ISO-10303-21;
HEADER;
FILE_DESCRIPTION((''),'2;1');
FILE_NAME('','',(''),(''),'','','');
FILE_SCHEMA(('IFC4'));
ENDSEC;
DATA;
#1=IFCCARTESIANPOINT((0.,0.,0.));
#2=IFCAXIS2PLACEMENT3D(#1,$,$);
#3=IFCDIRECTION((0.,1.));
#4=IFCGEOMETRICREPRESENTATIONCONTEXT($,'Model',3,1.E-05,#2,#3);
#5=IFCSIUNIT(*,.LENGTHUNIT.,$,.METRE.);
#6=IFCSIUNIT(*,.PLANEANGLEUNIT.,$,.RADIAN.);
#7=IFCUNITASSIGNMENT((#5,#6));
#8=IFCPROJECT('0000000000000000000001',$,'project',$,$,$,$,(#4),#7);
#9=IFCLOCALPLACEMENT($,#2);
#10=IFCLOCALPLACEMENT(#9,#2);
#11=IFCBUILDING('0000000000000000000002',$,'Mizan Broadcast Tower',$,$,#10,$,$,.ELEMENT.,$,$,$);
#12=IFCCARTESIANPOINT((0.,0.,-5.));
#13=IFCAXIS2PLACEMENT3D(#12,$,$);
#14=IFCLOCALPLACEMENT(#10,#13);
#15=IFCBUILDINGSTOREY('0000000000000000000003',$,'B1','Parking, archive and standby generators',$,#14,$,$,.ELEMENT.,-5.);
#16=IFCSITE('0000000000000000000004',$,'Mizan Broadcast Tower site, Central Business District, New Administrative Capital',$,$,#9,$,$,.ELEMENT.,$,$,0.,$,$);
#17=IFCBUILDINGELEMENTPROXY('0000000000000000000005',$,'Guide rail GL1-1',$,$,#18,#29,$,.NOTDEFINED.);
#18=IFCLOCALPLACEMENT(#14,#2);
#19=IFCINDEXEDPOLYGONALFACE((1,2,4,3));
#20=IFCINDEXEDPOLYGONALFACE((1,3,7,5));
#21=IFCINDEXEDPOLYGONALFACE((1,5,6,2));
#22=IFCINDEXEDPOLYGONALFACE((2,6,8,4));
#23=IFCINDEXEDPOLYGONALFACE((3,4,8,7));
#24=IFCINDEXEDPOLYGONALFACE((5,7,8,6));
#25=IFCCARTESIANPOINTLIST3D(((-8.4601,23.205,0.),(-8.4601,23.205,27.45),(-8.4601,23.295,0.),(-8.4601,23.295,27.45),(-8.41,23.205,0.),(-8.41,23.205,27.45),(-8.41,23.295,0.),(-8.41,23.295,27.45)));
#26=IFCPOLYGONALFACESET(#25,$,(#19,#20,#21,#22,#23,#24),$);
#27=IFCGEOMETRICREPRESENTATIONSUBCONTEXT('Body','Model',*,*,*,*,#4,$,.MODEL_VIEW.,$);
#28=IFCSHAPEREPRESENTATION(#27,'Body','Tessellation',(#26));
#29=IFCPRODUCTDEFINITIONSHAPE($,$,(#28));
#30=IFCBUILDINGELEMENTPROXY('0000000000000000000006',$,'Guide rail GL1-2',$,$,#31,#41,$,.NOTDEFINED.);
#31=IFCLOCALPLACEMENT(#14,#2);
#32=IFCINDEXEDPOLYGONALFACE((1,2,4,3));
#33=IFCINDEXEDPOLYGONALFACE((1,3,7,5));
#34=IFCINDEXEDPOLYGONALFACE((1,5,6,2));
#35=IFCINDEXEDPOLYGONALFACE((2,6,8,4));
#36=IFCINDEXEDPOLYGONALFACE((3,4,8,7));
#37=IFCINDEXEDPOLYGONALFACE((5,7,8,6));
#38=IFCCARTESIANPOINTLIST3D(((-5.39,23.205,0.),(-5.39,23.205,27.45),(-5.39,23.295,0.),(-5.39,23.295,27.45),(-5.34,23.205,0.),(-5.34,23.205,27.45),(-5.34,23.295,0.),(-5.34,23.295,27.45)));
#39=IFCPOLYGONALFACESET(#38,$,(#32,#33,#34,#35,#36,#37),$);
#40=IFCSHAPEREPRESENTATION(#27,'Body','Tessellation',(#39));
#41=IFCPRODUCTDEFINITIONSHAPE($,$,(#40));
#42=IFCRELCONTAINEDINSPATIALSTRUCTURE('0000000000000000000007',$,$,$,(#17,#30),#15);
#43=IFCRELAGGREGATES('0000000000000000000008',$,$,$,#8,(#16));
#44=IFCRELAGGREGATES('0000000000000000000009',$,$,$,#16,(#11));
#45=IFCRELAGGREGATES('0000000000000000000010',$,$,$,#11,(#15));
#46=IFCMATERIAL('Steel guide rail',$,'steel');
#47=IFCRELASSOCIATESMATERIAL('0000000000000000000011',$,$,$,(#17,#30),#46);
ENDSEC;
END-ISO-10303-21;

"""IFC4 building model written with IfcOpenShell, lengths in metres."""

from ifc_helpers import new_model, si_unit, direction, frame, origin, origin_2d, place, context, subcontext, project, spatial, rectangle, extrude, material, element, save


model = new_model("IFC4")

# Units and contexts
model_context = context("Model", 3, precision=1e-05, world=origin(), true_north=direction((0.0, 1.0)))
body_context = subcontext(model_context, "Body", "Model", "MODEL_VIEW")
ifc_project = project(units=[si_unit("LENGTHUNIT", "METRE"), si_unit("PLANEANGLEUNIT", "RADIAN")], contexts=[model_context])

# Site, building, storey
site_placement = place(None, origin())
site = spatial("IfcSite", under=ifc_project, at=site_placement, Name="Mizan Broadcast Tower site, Central Business District, New Administrative Capital", CompositionType="ELEMENT", RefElevation=0.0)
building_placement = place(site_placement, origin())
building = spatial("IfcBuilding", under=site, at=building_placement, Name="Mizan Broadcast Tower", CompositionType="ELEMENT")
storey_placement = place(building_placement, frame((0.0, 0.0, -5.0)))
storey = spatial("IfcBuildingStorey", under=building, at=storey_placement, Name="B1", Description="Parking, archive and standby generators", CompositionType="ELEMENT", Elevation=-5.0)

# Building element proxies
ifc_material_1 = material(Name="Steel guide rail", Category="steel")
for number, where, z_axis, x_axis, name in (
    (1, (-8.4351, 23.25, 0.0), (0.0, 0.0, 1.0), (1.0, 0.0, 0.0), "Guide rail GL1-1"),
    (2, (-5.365, 23.25, 0.0), (0.0, 0.0, 1.0), (1.0, 0.0, 0.0), "Guide rail GL1-2"),
):
    element("IfcBuildingElementProxy", number, at=place(storey_placement, frame(where, z_axis=z_axis, x_axis=x_axis)), inside=storey, material=ifc_material_1, Name=name, PredefinedType="NOTDEFINED", context=body_context, shape_type="SweptSolid", body=[
        extrude(rectangle(XDim=0.05, YDim=0.0901, at=origin_2d()), origin(), (0.0, 0.0, 1.0), 27.45),
    ])

save(model, "model.ifc")
